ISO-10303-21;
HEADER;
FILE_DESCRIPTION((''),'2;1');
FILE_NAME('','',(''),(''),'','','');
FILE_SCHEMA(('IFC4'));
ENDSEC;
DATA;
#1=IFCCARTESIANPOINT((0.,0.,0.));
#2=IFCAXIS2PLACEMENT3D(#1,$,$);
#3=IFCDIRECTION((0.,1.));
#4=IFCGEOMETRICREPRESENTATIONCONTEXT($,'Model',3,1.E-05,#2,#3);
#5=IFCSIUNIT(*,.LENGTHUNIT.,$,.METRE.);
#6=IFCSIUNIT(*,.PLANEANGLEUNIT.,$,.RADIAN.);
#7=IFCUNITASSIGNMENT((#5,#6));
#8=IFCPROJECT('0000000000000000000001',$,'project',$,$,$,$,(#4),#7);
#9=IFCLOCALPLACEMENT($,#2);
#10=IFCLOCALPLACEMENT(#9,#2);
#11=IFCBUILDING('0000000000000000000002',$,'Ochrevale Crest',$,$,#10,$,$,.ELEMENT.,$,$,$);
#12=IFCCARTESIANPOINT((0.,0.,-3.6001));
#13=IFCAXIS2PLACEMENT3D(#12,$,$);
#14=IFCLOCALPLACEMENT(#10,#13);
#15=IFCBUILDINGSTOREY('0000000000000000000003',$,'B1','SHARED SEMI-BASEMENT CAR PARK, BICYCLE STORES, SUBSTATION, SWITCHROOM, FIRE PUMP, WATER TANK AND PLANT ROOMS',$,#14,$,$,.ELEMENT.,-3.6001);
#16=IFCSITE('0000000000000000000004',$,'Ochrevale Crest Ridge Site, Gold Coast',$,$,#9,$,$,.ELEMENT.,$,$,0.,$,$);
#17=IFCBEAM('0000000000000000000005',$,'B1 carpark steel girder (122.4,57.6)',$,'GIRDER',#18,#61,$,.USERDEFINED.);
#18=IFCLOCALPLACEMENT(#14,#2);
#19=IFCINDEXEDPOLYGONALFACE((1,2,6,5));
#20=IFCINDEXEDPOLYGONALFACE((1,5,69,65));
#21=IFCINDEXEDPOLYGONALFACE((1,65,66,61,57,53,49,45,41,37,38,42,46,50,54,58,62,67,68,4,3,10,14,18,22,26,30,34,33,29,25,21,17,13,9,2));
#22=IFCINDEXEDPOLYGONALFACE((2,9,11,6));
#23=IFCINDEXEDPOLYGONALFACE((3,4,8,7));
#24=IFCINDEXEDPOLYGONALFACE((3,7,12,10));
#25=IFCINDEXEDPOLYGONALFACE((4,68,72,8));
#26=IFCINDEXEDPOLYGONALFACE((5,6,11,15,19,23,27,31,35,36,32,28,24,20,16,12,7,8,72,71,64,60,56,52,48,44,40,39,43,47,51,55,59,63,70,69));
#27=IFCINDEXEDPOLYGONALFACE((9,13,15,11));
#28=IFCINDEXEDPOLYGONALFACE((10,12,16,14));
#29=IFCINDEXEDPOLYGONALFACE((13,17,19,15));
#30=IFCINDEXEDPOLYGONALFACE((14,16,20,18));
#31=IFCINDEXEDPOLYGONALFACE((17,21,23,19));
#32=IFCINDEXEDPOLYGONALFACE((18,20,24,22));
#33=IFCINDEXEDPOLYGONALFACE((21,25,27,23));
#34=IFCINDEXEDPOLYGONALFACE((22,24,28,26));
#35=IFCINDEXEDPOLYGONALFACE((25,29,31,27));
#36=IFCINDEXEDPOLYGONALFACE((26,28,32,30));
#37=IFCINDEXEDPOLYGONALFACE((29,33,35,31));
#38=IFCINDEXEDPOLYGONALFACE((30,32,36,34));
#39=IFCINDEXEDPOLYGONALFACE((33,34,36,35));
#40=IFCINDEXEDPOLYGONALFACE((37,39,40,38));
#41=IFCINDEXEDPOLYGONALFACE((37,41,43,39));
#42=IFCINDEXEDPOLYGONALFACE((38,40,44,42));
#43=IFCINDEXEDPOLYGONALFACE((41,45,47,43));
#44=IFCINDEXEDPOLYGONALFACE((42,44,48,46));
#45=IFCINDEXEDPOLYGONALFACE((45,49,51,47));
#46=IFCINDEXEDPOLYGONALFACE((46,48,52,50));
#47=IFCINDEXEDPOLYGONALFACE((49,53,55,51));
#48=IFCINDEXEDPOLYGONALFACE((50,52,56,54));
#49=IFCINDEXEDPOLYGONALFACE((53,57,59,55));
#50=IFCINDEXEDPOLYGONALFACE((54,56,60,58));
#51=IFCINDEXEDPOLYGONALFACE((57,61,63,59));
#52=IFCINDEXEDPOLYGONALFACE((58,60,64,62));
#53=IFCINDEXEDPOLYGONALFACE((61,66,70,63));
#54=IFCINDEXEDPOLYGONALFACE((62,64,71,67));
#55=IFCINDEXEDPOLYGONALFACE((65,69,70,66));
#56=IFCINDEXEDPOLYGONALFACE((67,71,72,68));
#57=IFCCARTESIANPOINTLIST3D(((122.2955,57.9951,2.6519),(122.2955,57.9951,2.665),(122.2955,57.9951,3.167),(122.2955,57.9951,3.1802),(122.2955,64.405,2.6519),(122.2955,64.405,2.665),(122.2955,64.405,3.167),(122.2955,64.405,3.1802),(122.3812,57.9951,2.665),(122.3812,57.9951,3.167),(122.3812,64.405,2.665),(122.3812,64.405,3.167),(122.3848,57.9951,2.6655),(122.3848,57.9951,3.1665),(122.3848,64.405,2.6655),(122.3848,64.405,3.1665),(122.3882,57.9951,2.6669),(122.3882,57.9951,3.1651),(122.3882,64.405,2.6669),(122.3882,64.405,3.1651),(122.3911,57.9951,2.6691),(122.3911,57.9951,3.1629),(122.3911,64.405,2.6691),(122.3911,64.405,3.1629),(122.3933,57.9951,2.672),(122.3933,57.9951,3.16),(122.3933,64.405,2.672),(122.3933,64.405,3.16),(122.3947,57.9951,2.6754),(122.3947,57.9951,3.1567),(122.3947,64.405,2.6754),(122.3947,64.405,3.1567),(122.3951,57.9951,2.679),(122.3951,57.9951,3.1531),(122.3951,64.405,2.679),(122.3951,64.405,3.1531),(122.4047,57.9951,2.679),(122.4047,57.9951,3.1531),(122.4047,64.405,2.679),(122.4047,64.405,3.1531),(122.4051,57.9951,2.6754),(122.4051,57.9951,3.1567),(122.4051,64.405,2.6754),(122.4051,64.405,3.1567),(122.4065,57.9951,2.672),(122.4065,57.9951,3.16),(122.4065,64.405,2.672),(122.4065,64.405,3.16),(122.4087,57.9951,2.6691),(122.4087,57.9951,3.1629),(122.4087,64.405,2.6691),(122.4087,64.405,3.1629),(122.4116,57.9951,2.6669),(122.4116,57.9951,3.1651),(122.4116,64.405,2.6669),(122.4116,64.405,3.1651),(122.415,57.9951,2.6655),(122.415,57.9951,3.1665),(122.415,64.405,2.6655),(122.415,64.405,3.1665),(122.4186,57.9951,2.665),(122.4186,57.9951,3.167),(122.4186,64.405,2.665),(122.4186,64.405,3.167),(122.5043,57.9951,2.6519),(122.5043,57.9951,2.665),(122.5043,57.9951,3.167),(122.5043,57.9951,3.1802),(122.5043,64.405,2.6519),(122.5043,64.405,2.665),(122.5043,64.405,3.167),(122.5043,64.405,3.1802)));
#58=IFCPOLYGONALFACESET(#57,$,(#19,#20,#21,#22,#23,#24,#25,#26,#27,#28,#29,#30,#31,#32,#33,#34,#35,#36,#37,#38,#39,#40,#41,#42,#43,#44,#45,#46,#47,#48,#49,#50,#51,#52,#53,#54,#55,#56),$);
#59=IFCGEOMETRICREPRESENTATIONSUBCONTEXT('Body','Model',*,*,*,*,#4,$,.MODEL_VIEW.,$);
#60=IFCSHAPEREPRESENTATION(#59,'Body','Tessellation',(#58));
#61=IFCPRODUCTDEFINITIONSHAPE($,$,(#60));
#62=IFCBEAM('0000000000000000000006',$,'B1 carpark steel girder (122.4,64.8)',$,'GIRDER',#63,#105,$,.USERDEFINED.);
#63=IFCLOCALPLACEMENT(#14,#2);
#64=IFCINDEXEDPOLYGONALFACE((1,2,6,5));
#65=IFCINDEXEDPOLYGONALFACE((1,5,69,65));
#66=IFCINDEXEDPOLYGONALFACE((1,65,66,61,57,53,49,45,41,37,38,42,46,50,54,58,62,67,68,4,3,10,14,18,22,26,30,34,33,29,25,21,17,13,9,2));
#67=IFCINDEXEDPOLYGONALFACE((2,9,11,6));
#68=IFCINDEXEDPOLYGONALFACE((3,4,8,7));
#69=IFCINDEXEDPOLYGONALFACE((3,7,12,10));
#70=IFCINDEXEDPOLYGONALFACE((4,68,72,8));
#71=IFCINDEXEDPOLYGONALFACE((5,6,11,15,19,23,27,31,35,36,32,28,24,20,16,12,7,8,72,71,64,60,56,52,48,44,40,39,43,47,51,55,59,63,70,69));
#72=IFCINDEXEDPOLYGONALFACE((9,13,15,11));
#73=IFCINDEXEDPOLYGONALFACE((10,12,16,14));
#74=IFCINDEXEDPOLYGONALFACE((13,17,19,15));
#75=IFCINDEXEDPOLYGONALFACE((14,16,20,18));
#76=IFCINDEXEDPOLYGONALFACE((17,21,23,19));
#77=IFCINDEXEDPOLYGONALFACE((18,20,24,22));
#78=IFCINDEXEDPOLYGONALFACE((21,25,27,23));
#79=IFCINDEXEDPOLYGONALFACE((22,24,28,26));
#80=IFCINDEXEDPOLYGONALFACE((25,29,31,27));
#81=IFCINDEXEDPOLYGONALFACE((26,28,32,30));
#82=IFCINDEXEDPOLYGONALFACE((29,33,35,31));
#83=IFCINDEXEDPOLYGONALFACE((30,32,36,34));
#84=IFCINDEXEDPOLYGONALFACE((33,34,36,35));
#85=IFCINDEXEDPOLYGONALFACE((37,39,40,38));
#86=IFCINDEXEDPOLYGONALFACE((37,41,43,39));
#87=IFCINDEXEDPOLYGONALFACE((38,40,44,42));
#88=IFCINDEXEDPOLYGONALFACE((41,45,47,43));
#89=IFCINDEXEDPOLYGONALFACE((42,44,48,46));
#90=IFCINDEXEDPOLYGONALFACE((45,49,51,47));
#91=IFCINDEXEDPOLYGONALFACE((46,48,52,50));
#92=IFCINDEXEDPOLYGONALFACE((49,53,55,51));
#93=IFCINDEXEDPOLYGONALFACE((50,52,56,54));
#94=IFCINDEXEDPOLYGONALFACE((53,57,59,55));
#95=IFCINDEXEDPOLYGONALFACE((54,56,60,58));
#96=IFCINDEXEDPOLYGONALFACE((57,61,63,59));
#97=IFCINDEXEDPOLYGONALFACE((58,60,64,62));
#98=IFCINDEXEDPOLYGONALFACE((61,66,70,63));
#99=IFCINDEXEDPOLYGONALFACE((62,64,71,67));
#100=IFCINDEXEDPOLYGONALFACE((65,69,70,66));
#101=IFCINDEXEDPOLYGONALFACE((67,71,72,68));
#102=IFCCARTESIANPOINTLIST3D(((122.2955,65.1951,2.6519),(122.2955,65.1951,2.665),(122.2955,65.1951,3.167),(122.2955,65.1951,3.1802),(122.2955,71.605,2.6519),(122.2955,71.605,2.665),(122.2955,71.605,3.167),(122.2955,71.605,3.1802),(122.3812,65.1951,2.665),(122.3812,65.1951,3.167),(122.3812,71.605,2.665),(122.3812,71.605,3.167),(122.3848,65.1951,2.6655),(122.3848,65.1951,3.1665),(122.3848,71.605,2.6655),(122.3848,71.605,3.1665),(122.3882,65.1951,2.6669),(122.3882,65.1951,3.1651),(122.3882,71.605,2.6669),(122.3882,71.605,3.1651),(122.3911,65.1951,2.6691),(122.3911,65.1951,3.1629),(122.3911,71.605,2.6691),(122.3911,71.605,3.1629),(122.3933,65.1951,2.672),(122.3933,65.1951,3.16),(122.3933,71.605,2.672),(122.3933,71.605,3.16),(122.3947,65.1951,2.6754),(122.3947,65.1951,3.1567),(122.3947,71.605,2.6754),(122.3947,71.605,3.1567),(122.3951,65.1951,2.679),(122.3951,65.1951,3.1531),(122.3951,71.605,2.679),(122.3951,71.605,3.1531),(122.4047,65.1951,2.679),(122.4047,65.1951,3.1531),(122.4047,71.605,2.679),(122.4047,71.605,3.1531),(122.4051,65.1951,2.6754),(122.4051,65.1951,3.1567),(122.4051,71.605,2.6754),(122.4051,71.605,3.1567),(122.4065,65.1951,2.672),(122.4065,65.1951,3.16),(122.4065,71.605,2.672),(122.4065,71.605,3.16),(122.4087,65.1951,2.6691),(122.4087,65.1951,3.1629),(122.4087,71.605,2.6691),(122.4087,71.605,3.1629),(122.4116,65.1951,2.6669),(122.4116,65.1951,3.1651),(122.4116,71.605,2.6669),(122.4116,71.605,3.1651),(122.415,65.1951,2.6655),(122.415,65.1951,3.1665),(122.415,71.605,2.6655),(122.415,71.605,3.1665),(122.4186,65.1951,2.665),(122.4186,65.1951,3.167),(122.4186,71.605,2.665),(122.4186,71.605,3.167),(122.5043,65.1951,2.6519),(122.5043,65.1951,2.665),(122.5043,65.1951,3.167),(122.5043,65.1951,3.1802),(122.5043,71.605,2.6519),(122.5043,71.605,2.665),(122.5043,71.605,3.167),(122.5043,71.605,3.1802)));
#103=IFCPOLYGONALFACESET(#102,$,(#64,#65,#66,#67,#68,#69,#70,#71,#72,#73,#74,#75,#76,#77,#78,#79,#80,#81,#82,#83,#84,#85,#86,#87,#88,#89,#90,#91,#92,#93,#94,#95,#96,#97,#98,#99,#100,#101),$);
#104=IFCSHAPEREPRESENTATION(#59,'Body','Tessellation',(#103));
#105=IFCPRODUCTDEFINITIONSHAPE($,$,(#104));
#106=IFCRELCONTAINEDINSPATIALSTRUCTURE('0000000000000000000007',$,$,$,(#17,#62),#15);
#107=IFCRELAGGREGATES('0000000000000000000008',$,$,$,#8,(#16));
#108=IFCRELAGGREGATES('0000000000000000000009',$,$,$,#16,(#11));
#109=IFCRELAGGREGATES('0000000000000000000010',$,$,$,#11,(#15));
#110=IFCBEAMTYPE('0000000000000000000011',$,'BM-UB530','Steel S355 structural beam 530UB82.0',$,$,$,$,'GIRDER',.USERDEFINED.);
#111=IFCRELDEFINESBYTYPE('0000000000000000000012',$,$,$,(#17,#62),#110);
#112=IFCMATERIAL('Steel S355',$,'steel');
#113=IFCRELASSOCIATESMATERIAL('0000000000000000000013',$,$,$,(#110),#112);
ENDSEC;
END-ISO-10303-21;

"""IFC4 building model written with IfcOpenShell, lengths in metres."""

from ifc_helpers import new_model, si_unit, direction, frame, origin, origin_2d, place, context, subcontext, project, spatial, i_section, extrude, material, material_profile, profile_set, type_object, element, save


model = new_model("IFC4")

# Units and contexts
model_context = context("Model", 3, precision=1e-05, world=origin(), true_north=direction((0.0, 1.0)))
body_context = subcontext(model_context, "Body", "Model", "MODEL_VIEW")
ifc_project = project(units=[si_unit("LENGTHUNIT", "METRE"), si_unit("PLANEANGLEUNIT", "RADIAN")], contexts=[model_context])

# Site, building, storey
site_placement = place(None, origin())
site = spatial("IfcSite", under=ifc_project, at=site_placement, Name="Ochrevale Crest Ridge Site, Gold Coast", CompositionType="ELEMENT", RefElevation=0.0)
building_placement = place(site_placement, origin())
building = spatial("IfcBuilding", under=site, at=building_placement, Name="Ochrevale Crest", CompositionType="ELEMENT")
storey_placement = place(building_placement, frame((0.0, 0.0, -3.6001)))
storey = spatial("IfcBuildingStorey", under=building, at=storey_placement, Name="B1", Description="SHARED SEMI-BASEMENT CAR PARK, BICYCLE STORES, SUBSTATION, SWITCHROOM, FIRE PUMP, WATER TANK AND PLANT ROOMS", CompositionType="ELEMENT", Elevation=-3.6001)

# Beams
ifc_material_1 = material(Name="Steel S355", Category="steel")
ifc_material_profile_1 = material_profile(ifc_material_1, i_section(OverallWidth=0.2087, OverallDepth=0.5283, WebThickness=0.0095, FlangeThickness=0.0132, FilletRadius=0.0139, at=origin_2d()), Name="530UB82.0")
ifc_profile_set_1 = profile_set([ifc_material_profile_1], Name="Steel S355")
beam_type_1 = type_object("IfcBeamType", Name="BM-UB530", Description="Steel S355 structural beam 530UB82.0", ElementType="GIRDER", PredefinedType="USERDEFINED", material=ifc_profile_set_1)
for number, where, z_axis, x_axis, name in (
    (1, (122.3999, 57.9951, 2.916), (0.0, 1.0, 0.0), (-1.0, 0.0, 0.0), "B1 carpark steel girder (122.4,57.6)"),
    (2, (122.3999, 65.1951, 2.916), (0.0, 1.0, 0.0), (-1.0, 0.0, 0.0), "B1 carpark steel girder (122.4,64.8)"),
):
    element("IfcBeam", number, at=place(storey_placement, frame(where, z_axis=z_axis, x_axis=x_axis)), inside=storey, type_object=beam_type_1, Name=name, ObjectType="GIRDER", PredefinedType="USERDEFINED", context=body_context, shape_type="SweptSolid", body=[
        extrude(i_section(OverallWidth=0.2087, OverallDepth=0.5283, WebThickness=0.0095, FlangeThickness=0.0132, FilletRadius=0.0139, at=origin_2d()), origin(), (0.0, 0.0, 1.0), 6.4099),
    ])

save(model, "model.ifc")
